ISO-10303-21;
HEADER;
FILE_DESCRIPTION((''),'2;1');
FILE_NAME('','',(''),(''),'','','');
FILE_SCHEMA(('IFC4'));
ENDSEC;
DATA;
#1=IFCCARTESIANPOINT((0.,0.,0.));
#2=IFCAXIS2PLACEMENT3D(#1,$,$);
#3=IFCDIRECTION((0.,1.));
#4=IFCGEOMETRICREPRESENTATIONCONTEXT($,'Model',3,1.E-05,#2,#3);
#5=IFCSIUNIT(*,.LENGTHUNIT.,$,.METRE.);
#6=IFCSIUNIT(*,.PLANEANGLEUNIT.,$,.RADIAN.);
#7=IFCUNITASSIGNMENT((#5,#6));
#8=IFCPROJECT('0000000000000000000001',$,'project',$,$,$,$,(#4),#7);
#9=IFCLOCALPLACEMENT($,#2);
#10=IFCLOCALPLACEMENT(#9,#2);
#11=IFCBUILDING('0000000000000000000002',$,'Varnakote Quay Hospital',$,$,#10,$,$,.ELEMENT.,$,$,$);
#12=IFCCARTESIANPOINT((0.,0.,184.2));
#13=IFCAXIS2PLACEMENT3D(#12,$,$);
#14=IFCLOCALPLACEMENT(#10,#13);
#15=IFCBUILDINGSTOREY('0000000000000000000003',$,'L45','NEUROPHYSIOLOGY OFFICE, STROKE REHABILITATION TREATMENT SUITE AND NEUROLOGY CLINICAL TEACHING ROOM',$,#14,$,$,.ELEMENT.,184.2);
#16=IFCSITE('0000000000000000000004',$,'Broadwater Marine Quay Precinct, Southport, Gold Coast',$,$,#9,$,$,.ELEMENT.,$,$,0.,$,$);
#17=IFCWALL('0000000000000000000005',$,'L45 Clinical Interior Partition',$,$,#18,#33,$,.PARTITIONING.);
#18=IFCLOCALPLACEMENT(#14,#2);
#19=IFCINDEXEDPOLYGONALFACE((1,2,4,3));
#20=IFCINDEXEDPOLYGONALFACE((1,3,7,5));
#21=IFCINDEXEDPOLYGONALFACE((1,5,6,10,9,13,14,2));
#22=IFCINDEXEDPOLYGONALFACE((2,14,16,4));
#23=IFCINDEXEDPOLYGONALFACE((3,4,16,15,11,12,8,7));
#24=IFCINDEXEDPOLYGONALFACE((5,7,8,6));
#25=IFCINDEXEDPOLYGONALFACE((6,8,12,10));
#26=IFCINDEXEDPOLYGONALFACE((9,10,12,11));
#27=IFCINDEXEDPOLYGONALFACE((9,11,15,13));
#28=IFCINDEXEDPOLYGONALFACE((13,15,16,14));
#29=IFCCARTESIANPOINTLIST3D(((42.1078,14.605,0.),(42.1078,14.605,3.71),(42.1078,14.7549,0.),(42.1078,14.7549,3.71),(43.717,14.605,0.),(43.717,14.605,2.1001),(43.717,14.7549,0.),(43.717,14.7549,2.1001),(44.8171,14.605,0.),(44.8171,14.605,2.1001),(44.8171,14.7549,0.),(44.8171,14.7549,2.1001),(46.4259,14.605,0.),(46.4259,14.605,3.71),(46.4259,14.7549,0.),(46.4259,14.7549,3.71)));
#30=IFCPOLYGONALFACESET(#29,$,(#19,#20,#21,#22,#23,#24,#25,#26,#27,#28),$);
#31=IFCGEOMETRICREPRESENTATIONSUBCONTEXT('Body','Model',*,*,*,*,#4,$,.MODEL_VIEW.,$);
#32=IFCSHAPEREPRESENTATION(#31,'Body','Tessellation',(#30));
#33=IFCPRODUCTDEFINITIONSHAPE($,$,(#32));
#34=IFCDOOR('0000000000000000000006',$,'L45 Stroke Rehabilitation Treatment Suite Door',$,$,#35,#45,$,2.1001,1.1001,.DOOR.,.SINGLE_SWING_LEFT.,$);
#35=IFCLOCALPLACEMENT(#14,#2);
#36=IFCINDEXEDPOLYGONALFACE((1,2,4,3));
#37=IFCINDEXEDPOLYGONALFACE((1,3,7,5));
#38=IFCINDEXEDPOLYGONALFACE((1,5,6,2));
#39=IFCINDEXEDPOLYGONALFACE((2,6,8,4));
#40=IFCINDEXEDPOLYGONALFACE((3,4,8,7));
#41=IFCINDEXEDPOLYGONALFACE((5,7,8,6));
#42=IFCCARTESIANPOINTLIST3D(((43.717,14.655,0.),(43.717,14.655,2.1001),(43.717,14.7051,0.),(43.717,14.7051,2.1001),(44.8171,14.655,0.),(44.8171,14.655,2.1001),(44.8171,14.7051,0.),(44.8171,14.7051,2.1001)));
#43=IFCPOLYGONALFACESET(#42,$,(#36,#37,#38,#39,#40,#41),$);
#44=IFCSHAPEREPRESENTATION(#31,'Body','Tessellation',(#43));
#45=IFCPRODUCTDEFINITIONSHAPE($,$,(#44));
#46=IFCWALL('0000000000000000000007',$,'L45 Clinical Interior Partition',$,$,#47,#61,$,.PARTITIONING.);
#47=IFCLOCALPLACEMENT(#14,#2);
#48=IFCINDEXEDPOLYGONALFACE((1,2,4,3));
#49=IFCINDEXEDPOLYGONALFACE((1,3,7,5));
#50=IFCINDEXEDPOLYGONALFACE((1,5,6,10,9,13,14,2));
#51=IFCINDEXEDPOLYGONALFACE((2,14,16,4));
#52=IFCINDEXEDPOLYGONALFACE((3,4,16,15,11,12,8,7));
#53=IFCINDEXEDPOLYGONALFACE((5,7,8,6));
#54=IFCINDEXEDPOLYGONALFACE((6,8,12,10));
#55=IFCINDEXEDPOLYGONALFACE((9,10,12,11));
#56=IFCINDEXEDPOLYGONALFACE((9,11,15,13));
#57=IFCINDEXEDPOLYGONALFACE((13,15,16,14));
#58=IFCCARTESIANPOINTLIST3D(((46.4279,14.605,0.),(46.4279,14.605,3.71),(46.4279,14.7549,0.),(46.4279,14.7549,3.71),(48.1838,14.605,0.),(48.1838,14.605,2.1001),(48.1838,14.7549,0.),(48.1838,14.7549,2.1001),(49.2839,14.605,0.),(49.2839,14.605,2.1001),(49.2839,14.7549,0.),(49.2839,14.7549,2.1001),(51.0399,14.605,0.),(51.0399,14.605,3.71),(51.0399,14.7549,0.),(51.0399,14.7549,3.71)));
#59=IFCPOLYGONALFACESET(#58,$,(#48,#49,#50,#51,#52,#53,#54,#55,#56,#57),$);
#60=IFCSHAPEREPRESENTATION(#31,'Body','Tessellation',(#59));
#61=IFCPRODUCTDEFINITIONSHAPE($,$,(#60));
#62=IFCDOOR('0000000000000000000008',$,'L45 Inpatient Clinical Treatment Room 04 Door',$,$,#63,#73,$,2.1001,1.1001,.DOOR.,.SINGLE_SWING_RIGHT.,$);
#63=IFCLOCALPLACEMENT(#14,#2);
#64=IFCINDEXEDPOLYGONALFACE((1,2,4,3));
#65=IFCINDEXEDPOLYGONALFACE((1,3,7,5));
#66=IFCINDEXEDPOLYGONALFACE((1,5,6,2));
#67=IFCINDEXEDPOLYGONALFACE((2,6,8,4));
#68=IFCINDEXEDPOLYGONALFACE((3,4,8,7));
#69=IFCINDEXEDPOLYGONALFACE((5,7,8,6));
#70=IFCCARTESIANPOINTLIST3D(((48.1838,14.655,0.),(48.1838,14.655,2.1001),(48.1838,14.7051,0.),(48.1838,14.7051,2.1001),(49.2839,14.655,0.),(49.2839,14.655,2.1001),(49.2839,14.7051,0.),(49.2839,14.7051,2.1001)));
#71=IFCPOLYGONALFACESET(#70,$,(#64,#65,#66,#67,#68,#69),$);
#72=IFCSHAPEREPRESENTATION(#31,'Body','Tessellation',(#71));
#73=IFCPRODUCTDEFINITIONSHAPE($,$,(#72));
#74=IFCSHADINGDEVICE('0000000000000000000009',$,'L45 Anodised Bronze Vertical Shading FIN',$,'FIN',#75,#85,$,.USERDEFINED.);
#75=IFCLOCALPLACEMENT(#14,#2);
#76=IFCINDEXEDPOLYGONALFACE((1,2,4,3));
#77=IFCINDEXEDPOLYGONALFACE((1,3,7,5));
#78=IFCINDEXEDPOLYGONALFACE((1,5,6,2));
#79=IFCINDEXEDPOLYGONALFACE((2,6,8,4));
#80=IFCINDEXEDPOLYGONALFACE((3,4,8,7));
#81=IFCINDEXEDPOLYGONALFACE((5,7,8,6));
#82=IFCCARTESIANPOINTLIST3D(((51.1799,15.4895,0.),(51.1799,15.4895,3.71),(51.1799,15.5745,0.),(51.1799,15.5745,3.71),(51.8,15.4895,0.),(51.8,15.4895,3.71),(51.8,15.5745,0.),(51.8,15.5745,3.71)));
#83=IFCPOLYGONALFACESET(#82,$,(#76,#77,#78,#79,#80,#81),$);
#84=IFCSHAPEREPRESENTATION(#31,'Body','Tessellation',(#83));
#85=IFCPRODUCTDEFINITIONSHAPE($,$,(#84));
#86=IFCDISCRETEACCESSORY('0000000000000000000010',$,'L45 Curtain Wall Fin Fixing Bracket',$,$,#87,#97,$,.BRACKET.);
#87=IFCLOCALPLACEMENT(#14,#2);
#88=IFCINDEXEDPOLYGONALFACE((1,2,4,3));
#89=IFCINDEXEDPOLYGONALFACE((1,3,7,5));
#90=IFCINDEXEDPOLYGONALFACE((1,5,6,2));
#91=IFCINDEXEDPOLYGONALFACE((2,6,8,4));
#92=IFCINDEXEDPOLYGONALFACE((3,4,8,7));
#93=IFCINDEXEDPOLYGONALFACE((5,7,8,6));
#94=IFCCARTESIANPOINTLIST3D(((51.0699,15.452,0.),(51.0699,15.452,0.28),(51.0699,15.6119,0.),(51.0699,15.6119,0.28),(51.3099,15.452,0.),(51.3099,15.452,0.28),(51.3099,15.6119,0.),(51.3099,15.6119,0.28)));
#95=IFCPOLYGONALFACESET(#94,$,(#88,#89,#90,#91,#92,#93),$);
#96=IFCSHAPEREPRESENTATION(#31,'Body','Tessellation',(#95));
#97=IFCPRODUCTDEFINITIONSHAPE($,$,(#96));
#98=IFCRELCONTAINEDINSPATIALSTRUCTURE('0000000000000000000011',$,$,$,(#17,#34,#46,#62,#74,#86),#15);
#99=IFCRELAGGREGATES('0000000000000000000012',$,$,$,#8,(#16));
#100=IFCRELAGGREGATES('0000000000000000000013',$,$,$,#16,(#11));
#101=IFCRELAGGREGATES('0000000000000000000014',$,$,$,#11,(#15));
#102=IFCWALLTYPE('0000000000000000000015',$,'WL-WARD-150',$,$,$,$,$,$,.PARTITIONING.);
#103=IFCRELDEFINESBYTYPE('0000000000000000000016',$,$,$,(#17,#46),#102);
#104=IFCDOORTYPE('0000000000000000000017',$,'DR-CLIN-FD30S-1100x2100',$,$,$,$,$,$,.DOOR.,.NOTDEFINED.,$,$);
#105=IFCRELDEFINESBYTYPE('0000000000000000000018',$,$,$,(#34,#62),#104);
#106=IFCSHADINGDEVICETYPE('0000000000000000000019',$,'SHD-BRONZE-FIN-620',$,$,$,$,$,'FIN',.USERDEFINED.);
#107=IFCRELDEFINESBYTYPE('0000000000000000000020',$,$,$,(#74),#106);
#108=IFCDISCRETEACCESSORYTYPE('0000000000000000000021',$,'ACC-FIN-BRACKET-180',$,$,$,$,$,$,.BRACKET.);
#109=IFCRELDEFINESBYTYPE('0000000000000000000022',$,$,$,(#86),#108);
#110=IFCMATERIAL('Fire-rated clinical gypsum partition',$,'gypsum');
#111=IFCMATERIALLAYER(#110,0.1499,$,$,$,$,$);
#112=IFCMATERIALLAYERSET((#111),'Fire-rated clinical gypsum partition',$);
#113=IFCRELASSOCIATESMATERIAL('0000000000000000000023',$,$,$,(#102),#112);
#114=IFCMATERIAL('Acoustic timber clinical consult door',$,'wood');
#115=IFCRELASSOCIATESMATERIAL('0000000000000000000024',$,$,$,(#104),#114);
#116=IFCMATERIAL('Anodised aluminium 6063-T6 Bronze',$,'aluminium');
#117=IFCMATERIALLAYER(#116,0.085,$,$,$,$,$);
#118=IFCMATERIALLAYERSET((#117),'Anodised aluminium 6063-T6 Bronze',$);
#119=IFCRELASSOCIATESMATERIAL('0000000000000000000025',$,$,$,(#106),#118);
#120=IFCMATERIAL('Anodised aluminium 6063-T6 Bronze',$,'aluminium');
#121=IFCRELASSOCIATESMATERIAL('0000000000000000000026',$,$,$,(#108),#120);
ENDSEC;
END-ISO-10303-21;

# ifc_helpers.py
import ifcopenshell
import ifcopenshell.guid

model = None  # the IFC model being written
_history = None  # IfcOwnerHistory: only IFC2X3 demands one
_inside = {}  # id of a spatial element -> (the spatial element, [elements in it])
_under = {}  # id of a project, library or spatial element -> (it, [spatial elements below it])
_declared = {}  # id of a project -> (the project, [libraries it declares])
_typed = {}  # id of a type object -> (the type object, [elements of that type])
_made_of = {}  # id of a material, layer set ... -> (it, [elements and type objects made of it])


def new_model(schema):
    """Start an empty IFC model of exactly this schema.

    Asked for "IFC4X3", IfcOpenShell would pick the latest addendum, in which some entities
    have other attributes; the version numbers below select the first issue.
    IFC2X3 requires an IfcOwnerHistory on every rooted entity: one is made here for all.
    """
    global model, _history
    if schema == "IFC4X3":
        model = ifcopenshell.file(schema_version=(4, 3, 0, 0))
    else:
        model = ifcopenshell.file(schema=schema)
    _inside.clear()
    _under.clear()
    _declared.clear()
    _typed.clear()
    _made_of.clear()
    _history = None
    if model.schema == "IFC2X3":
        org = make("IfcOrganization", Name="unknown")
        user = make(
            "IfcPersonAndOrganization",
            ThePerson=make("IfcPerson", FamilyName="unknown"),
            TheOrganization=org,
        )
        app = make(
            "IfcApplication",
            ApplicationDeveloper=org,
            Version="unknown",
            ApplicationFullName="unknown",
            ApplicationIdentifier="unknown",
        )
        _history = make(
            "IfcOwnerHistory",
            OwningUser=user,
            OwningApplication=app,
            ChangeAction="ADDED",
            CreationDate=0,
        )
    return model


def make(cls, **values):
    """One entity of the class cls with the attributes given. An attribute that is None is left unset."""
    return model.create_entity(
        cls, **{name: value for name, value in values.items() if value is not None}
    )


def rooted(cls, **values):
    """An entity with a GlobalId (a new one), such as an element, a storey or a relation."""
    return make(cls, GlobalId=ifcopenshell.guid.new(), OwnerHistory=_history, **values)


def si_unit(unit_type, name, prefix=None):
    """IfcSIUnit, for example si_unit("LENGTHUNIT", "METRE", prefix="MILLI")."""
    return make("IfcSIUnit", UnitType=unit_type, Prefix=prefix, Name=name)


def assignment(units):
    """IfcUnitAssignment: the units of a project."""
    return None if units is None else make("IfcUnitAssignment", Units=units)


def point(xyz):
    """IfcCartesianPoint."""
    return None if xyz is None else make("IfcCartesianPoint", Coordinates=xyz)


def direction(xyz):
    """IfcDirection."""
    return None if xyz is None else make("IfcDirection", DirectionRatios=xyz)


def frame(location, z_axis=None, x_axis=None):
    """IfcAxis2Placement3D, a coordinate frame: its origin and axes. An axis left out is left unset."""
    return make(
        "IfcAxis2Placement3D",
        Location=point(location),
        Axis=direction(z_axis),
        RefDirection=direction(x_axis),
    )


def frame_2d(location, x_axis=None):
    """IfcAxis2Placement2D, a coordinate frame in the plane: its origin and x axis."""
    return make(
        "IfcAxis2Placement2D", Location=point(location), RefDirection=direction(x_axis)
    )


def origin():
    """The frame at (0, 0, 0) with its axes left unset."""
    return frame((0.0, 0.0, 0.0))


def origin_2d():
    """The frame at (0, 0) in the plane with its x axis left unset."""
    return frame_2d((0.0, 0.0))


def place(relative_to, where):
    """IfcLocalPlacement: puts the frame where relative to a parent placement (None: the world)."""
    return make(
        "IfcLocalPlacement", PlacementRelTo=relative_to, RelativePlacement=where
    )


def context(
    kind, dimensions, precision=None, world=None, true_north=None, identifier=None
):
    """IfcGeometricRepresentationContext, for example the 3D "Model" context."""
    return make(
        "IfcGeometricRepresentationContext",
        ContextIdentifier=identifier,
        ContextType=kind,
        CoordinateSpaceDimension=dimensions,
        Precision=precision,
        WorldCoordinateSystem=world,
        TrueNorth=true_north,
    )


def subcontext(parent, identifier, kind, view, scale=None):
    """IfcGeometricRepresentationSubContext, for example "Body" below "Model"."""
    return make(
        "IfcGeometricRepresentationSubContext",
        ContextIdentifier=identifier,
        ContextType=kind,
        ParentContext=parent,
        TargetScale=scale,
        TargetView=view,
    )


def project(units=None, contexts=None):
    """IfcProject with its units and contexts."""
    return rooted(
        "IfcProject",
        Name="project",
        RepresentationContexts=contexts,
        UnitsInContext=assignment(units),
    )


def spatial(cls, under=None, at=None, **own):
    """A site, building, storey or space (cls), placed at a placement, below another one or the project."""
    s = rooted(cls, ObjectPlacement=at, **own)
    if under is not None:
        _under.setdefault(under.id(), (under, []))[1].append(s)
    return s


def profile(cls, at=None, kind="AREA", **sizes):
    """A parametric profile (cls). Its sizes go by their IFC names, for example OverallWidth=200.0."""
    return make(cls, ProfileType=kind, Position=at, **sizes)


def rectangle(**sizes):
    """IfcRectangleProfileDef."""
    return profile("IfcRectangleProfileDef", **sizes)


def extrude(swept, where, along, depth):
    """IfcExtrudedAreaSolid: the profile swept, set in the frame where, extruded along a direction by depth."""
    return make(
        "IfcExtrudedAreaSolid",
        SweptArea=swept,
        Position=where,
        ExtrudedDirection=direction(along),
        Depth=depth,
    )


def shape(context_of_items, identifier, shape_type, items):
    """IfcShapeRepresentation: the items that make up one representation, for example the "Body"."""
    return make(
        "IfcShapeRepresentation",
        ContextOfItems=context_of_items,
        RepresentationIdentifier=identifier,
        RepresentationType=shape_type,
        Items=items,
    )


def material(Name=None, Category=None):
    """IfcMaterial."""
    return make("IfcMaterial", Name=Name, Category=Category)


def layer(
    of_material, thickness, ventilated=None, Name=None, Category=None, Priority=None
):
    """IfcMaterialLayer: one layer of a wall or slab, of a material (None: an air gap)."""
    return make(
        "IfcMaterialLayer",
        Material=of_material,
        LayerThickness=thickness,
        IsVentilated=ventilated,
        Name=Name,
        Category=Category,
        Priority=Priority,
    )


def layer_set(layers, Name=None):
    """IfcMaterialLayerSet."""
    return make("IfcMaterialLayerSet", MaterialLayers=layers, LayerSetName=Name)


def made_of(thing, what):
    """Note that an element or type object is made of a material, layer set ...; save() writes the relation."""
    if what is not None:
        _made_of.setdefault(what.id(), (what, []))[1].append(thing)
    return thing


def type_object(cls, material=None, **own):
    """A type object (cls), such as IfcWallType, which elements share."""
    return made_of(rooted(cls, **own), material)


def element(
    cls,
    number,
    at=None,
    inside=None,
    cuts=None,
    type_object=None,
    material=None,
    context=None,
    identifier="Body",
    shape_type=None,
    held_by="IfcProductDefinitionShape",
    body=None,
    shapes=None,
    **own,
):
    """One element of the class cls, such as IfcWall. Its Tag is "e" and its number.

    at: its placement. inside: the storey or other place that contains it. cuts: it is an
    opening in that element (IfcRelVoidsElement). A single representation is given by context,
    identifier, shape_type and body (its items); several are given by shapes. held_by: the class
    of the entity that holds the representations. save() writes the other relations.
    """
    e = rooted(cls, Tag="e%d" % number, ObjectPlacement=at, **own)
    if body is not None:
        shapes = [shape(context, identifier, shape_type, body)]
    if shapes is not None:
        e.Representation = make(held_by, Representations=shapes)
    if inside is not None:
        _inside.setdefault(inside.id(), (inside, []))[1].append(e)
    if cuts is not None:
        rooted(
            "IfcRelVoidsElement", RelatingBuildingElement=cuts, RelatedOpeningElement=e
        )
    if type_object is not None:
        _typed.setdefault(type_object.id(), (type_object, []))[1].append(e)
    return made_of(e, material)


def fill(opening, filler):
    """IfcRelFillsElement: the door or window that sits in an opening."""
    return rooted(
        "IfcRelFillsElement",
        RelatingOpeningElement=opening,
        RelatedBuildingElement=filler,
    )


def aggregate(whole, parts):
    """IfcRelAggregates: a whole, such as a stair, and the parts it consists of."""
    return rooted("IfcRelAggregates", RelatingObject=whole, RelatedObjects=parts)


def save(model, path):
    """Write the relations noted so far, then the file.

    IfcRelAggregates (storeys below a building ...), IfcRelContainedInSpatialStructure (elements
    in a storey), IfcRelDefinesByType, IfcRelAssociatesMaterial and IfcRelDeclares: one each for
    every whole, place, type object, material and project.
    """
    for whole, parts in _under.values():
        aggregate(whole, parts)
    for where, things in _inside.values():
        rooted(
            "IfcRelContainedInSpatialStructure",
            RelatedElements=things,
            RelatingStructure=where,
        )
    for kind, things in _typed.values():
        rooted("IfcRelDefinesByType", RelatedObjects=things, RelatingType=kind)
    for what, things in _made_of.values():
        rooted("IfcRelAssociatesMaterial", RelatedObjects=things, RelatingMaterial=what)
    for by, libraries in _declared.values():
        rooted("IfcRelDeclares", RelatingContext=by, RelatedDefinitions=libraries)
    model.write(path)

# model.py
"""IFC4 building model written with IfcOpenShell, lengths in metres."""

from ifc_helpers import new_model, si_unit, direction, frame, frame_2d, origin, origin_2d, place, context, subcontext, project, spatial, rectangle, extrude, material, layer, layer_set, type_object, element, fill, save


model = new_model("IFC4")

# Units and contexts
model_context = context("Model", 3, precision=1e-05, world=origin(), true_north=direction((0.0, 1.0)))
body_context = subcontext(model_context, "Body", "Model", "MODEL_VIEW")
ifc_project = project(units=[si_unit("LENGTHUNIT", "METRE"), si_unit("PLANEANGLEUNIT", "RADIAN")], contexts=[model_context])

# Site, building, storey
site_placement = place(None, origin())
site = spatial("IfcSite", under=ifc_project, at=site_placement, Name="Broadwater Marine Quay Precinct, Southport, Gold Coast", CompositionType="ELEMENT", RefElevation=0.0)
building_placement = place(site_placement, origin())
building = spatial("IfcBuilding", under=site, at=building_placement, Name="Varnakote Quay Hospital", CompositionType="ELEMENT")
storey_placement = place(building_placement, frame((0.0, 0.0, 184.2)))
storey = spatial("IfcBuildingStorey", under=building, at=storey_placement, Name="L45", Description="NEUROPHYSIOLOGY OFFICE, STROKE REHABILITATION TREATMENT SUITE AND NEUROLOGY CLINICAL TEACHING ROOM", CompositionType="ELEMENT", Elevation=184.2)

# Walls, openings, doors
ifc_material_1 = material(Name="Fire-rated clinical gypsum partition", Category="gypsum")
ifc_layer_1 = layer(ifc_material_1, 0.1499)
ifc_layer_set_1 = layer_set([ifc_layer_1], Name="Fire-rated clinical gypsum partition")
wall_type_1 = type_object("IfcWallType", Name="WL-WARD-150", PredefinedType="PARTITIONING", material=ifc_layer_set_1)
ifc_material_2 = material(Name="Acoustic timber clinical consult door", Category="wood")
door_type_1 = type_object("IfcDoorType", Name="DR-CLIN-FD30S-1100x2100", OperationType="NOTDEFINED", PredefinedType="DOOR", material=ifc_material_2)
wall_1_placement = place(storey_placement, frame((46.426, 14.6799, 0.0), z_axis=(0.0, 0.0, 1.0), x_axis=(-1.0, 0.0, 0.0)))
wall_1 = element("IfcWall", 1, at=wall_1_placement, inside=storey, type_object=wall_type_1, Name="L45 Clinical Interior Partition", PredefinedType="PARTITIONING", context=body_context, shape_type="SweptSolid", body=[
    extrude(rectangle(XDim=4.3181, YDim=0.1499, at=frame_2d((2.1592, 0.0))), origin(), (0.0, 0.0, 1.0), 3.71),
])
opening_1_placement = place(wall_1_placement, frame((1.6089, 0.0, 0.0)))
opening_1 = element("IfcOpeningElement", 2, at=opening_1_placement, cuts=wall_1, PredefinedType="OPENING", context=body_context, shape_type="SweptSolid", body=[
    extrude(rectangle(XDim=1.1001, YDim=2.1001, at=frame_2d((0.55, 1.05))), frame((0.0, 0.085, 0.0), z_axis=(0.0, -1.0, 0.0), x_axis=(1.0, 0.0, 0.0)), (0.0, 0.0, 1.0), 0.1699),
])
door_1_placement = place(opening_1_placement, origin())
door_1 = element("IfcDoor", 3, at=door_1_placement, inside=storey, type_object=door_type_1, Name="L45 Stroke Rehabilitation Treatment Suite Door", OperationType="SINGLE_SWING_LEFT", OverallHeight=2.1001, OverallWidth=1.1001, PredefinedType="DOOR", context=body_context, shape_type="SweptSolid", body=[
    extrude(rectangle(XDim=1.1001, YDim=2.1001, at=frame_2d((0.55, 1.05))), frame((0.0, 0.0249, 0.0), z_axis=(0.0, -1.0, 0.0), x_axis=(1.0, 0.0, 0.0)), (0.0, 0.0, 1.0), 0.05),
])
fill(opening_1, door_1)
wall_2_placement = place(storey_placement, frame((51.04, 14.6799, 0.0), z_axis=(0.0, 0.0, 1.0), x_axis=(-1.0, 0.0, 0.0)))
wall_2 = element("IfcWall", 4, at=wall_2_placement, inside=storey, type_object=wall_type_1, Name="L45 Clinical Interior Partition", PredefinedType="PARTITIONING", context=body_context, shape_type="SweptSolid", body=[
    extrude(rectangle(XDim=4.6121, YDim=0.1499, at=frame_2d((2.3062, 0.0))), origin(), (0.0, 0.0, 1.0), 3.71),
])
opening_2_placement = place(wall_2_placement, frame((1.7561, 0.0, 0.0)))
opening_2 = element("IfcOpeningElement", 5, at=opening_2_placement, cuts=wall_2, PredefinedType="OPENING", context=body_context, shape_type="SweptSolid", body=[
    extrude(rectangle(XDim=1.1001, YDim=2.1001, at=frame_2d((0.55, 1.05))), frame((0.0, 0.085, 0.0), z_axis=(0.0, -1.0, 0.0), x_axis=(1.0, 0.0, 0.0)), (0.0, 0.0, 1.0), 0.1699),
])
door_2_placement = place(opening_2_placement, origin())
door_2 = element("IfcDoor", 6, at=door_2_placement, inside=storey, type_object=door_type_1, Name="L45 Inpatient Clinical Treatment Room 04 Door", OperationType="SINGLE_SWING_RIGHT", OverallHeight=2.1001, OverallWidth=1.1001, PredefinedType="DOOR", context=body_context, shape_type="SweptSolid", body=[
    extrude(rectangle(XDim=1.1001, YDim=2.1001, at=frame_2d((0.55, 1.05))), frame((0.0, 0.0249, 0.0), z_axis=(0.0, -1.0, 0.0), x_axis=(1.0, 0.0, 0.0)), (0.0, 0.0, 1.0), 0.05),
])
fill(opening_2, door_2)

# Shading device
ifc_material_3 = material(Name="Anodised aluminium 6063-T6 Bronze", Category="aluminium")
ifc_layer_2 = layer(ifc_material_3, 0.085)
ifc_layer_set_2 = layer_set([ifc_layer_2], Name="Anodised aluminium 6063-T6 Bronze")
shading_device_type = type_object("IfcShadingDeviceType", Name="SHD-BRONZE-FIN-620", ElementType="FIN", PredefinedType="USERDEFINED", material=ifc_layer_set_2)
shading_device_placement = place(storey_placement, frame((51.49, 15.532, 0.0), z_axis=(0.0, 0.0, 1.0), x_axis=(-1.0, 0.0, 0.0)))
element("IfcShadingDevice", 7, at=shading_device_placement, inside=storey, type_object=shading_device_type, Name="L45 Anodised Bronze Vertical Shading FIN", ObjectType="FIN", PredefinedType="USERDEFINED", context=body_context, shape_type="SweptSolid", body=[
    extrude(rectangle(XDim=0.6201, YDim=0.085, at=origin_2d()), origin(), (0.0, 0.0, 1.0), 3.71),
])

# Discrete accessory
ifc_material_4 = material(Name="Anodised aluminium 6063-T6 Bronze", Category="aluminium")
discrete_accessory_type = type_object("IfcDiscreteAccessoryType", Name="ACC-FIN-BRACKET-180", PredefinedType="BRACKET", material=ifc_material_4)
discrete_accessory_placement = place(storey_placement, frame((51.1899, 15.532, 0.0), z_axis=(0.0, 0.0, 1.0), x_axis=(0.0, 1.0, 0.0)))
element("IfcDiscreteAccessory", 8, at=discrete_accessory_placement, inside=storey, type_object=discrete_accessory_type, Name="L45 Curtain Wall Fin Fixing Bracket", PredefinedType="BRACKET", context=body_context, shape_type="SweptSolid", body=[
    extrude(rectangle(XDim=0.1599, YDim=0.24, at=origin_2d()), origin(), (0.0, 0.0, 1.0), 0.28),
])

save(model, "model.ifc")
